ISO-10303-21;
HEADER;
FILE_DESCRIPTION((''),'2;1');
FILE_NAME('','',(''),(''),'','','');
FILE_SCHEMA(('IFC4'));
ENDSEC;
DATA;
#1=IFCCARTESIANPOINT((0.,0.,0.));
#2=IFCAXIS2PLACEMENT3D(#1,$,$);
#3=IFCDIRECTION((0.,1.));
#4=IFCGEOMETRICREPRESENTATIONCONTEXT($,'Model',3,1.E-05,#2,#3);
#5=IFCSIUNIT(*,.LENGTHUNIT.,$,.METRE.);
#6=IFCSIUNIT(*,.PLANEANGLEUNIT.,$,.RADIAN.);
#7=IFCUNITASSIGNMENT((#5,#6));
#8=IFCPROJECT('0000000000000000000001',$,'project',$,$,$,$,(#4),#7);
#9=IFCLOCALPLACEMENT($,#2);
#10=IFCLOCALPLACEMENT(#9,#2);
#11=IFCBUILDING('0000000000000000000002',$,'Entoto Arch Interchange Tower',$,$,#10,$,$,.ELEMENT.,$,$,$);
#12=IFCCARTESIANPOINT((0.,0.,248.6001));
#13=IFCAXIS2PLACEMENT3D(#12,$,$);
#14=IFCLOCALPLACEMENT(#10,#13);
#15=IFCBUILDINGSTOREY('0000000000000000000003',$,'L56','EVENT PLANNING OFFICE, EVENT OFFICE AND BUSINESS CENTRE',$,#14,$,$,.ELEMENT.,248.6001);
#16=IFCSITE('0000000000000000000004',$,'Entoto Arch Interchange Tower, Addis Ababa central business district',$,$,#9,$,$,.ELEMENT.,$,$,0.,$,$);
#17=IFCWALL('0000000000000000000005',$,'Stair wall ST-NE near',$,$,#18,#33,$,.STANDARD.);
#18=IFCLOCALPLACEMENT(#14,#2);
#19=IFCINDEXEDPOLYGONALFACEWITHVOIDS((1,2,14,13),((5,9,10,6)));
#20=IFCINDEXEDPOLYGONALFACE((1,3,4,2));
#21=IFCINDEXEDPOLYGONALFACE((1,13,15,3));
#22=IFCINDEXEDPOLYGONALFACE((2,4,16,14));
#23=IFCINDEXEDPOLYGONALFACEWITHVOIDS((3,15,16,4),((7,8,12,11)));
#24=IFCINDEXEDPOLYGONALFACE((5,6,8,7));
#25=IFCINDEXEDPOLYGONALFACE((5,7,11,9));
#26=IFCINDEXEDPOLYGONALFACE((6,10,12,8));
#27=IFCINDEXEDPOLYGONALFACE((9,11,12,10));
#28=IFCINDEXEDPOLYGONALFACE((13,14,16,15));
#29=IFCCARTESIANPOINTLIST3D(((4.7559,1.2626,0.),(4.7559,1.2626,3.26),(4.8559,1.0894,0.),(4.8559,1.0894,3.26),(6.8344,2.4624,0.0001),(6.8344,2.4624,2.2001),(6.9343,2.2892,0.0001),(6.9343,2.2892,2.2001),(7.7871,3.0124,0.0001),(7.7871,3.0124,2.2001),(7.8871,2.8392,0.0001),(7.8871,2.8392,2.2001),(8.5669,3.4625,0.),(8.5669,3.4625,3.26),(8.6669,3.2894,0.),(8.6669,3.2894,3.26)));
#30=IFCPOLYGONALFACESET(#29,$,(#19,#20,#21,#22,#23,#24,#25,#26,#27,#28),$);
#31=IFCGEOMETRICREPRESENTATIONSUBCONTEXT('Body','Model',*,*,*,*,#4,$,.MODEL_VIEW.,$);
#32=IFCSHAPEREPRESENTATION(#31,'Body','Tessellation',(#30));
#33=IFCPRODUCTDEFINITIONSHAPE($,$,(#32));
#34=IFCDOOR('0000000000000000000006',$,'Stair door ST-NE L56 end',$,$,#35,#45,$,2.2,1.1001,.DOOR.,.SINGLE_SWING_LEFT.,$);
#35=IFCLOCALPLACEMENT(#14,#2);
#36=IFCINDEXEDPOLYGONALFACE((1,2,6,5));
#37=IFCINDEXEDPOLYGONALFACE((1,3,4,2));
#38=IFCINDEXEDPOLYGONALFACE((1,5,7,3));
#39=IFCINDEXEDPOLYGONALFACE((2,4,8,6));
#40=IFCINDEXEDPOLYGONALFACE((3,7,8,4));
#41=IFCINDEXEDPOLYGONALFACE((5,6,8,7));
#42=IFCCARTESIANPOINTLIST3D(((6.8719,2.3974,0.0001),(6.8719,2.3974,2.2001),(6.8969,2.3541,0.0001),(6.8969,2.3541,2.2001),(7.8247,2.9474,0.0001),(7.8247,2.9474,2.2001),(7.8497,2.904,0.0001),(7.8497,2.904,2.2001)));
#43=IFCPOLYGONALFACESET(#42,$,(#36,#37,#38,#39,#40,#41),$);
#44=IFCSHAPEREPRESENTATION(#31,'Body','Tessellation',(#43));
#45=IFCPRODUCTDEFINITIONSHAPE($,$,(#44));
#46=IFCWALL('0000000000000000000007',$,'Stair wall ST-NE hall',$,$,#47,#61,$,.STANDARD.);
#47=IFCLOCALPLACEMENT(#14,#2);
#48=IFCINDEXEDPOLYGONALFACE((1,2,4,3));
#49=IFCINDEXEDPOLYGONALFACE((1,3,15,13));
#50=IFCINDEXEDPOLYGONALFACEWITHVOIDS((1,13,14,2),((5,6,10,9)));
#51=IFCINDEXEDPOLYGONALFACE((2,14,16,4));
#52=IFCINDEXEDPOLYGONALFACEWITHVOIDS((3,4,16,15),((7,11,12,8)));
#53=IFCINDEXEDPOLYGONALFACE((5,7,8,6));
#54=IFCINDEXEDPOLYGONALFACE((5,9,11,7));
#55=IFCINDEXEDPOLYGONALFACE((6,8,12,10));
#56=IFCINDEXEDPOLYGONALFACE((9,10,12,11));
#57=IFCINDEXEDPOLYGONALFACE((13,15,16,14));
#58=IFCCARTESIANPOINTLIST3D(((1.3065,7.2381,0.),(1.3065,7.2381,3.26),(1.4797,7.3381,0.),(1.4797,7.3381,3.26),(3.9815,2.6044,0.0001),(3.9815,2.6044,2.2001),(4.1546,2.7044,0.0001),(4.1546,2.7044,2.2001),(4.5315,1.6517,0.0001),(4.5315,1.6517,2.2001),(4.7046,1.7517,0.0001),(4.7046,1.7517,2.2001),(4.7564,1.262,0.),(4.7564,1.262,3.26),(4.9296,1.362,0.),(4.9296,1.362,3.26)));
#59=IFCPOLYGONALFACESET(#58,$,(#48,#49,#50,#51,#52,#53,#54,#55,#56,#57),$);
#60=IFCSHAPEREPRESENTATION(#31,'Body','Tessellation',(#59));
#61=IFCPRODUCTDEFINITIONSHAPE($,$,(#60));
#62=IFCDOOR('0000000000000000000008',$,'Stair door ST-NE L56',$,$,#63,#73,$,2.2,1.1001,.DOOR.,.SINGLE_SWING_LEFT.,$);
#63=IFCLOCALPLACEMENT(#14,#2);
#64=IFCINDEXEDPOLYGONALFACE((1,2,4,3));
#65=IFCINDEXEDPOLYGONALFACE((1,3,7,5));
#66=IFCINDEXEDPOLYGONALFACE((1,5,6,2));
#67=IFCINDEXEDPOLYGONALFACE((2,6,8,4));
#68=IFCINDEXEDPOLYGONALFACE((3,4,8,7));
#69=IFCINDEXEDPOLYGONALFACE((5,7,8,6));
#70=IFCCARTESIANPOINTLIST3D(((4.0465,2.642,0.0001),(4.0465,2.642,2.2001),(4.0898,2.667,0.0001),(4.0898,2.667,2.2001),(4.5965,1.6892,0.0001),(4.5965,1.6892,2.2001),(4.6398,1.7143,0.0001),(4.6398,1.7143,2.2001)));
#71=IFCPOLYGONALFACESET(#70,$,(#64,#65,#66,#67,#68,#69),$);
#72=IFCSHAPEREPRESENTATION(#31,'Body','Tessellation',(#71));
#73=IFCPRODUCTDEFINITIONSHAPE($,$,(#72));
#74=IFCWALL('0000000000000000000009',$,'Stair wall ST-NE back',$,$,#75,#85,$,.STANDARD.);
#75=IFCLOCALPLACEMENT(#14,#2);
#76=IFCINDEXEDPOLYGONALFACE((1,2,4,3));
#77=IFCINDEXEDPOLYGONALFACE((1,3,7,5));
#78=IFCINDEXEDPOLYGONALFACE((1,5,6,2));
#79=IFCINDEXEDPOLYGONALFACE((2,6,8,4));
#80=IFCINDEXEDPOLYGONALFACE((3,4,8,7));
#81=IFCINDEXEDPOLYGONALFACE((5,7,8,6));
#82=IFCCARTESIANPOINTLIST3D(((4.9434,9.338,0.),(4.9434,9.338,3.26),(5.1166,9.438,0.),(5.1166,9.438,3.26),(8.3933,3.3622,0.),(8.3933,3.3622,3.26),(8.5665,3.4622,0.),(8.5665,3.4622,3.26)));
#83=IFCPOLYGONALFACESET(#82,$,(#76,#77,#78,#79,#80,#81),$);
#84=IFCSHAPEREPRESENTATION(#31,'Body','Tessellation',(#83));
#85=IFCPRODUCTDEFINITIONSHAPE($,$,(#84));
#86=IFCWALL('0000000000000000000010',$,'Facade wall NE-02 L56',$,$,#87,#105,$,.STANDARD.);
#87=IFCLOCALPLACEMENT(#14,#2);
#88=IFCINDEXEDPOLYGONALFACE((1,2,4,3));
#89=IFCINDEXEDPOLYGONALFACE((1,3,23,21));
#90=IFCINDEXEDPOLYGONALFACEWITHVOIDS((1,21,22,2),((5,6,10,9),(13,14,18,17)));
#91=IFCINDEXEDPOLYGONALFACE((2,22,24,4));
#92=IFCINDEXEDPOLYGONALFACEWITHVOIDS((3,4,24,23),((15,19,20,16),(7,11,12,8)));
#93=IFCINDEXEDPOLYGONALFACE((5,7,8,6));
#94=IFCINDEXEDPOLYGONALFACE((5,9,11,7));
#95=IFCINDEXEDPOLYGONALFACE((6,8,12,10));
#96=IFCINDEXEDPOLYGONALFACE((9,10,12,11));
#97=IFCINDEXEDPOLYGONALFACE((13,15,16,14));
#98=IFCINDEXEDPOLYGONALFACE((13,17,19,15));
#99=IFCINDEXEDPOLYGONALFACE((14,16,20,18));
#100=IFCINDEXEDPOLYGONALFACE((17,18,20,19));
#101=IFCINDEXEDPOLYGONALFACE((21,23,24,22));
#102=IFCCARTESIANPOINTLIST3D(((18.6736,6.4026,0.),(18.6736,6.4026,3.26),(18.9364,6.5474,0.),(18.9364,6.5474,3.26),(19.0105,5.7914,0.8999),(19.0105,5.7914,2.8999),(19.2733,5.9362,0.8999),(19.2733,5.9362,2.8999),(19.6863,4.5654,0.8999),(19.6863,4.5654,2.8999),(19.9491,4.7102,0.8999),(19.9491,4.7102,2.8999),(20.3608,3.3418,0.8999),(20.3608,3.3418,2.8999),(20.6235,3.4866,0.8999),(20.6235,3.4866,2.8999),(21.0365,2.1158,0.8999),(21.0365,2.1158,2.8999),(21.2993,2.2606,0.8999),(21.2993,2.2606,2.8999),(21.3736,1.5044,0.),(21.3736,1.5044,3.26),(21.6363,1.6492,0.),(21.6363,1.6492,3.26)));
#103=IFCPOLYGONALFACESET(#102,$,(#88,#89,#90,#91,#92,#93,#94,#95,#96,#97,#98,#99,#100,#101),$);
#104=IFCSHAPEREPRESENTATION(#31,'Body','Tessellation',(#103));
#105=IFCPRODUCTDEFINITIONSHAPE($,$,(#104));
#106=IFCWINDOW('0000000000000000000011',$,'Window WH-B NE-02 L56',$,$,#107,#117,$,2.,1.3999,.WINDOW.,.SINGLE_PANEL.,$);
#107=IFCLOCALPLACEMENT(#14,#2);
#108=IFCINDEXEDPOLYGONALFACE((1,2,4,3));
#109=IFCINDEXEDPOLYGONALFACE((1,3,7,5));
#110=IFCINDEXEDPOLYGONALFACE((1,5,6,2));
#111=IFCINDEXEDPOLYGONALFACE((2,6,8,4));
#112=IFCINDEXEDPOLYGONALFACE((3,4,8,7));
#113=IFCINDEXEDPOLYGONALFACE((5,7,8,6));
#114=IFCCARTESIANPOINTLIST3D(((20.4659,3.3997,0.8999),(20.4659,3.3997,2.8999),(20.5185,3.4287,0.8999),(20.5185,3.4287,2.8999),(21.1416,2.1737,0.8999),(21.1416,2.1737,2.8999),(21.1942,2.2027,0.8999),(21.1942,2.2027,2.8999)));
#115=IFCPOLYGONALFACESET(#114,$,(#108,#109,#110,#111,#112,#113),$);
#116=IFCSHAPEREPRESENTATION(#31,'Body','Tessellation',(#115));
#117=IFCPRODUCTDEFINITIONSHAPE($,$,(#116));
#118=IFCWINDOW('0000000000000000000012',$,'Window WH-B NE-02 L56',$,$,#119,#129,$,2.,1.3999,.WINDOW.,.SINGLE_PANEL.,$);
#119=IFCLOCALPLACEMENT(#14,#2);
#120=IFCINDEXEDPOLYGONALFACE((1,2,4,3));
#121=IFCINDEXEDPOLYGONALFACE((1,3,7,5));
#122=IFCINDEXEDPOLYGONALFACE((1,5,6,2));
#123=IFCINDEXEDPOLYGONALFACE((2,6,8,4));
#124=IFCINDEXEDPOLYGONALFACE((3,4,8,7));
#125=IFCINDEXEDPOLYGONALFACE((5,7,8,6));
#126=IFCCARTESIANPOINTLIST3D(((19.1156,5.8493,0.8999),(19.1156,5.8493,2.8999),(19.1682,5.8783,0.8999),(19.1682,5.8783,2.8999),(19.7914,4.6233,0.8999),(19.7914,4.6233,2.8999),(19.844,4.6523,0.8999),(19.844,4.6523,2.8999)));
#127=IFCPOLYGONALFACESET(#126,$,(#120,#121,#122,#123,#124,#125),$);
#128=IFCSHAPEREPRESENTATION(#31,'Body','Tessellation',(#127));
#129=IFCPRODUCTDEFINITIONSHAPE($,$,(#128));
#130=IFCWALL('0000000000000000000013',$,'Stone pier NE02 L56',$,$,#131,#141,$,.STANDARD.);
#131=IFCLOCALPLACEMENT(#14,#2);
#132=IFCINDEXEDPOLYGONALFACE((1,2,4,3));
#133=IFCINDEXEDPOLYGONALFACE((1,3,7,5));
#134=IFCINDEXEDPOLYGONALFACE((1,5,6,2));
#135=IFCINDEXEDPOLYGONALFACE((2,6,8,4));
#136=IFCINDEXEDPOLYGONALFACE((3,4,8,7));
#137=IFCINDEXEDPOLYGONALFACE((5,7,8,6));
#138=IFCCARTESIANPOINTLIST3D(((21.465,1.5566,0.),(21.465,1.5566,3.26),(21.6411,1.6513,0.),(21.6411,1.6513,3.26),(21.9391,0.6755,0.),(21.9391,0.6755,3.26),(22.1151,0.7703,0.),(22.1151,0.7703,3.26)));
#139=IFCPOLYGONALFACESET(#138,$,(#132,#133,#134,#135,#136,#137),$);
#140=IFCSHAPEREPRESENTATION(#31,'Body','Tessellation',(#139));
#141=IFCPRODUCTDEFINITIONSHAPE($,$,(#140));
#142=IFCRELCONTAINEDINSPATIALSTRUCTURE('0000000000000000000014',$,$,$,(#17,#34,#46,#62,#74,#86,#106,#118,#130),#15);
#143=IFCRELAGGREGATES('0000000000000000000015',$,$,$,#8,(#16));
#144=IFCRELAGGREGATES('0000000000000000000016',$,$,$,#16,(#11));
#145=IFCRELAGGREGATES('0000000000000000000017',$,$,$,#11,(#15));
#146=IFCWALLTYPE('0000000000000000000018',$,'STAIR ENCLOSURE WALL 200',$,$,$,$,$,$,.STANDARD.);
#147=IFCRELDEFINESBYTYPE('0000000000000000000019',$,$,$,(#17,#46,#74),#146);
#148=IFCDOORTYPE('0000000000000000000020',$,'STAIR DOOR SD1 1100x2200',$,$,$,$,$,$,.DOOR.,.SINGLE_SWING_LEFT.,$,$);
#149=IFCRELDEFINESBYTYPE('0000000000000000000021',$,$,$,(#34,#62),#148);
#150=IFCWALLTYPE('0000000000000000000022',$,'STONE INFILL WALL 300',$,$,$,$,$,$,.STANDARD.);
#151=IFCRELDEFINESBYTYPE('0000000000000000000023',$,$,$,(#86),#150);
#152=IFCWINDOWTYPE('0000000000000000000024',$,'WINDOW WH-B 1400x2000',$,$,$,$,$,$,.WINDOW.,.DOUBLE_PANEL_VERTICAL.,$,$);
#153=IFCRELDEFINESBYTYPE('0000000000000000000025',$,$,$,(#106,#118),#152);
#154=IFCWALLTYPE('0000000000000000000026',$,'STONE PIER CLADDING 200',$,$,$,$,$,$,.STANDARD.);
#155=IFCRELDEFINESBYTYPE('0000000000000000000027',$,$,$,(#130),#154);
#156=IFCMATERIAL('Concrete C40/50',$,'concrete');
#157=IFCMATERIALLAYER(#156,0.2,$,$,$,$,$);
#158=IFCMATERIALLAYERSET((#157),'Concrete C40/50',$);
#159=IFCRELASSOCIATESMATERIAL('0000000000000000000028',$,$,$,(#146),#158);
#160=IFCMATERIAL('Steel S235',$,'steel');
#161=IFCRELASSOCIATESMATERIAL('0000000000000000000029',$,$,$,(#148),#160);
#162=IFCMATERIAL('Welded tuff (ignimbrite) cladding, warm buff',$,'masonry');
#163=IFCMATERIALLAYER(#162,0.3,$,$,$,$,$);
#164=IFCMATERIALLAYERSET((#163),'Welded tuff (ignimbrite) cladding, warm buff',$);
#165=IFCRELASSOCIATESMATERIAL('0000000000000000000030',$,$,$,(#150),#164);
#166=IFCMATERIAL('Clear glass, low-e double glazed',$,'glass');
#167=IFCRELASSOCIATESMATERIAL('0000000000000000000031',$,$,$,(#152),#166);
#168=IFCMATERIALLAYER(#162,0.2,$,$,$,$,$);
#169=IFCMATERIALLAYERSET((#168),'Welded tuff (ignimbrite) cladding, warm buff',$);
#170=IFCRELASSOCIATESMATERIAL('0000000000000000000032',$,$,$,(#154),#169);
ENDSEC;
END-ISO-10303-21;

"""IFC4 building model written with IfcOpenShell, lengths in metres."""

from ifc_helpers import new_model, si_unit, direction, frame, frame_2d, origin, place, context, subcontext, project, spatial, rectangle, extrude, material, layer, layer_set, type_object, element, fill, save


model = new_model("IFC4")

# Units and contexts
model_context = context("Model", 3, precision=1e-05, world=origin(), true_north=direction((0.0, 1.0)))
body_context = subcontext(model_context, "Body", "Model", "MODEL_VIEW")
ifc_project = project(units=[si_unit("LENGTHUNIT", "METRE"), si_unit("PLANEANGLEUNIT", "RADIAN")], contexts=[model_context])

# Site, building, storey
site_placement = place(None, origin())
site = spatial("IfcSite", under=ifc_project, at=site_placement, Name="Entoto Arch Interchange Tower, Addis Ababa central business district", CompositionType="ELEMENT", RefElevation=0.0)
building_placement = place(site_placement, origin())
building = spatial("IfcBuilding", under=site, at=building_placement, Name="Entoto Arch Interchange Tower", CompositionType="ELEMENT")
storey_placement = place(building_placement, frame((0.0, 0.0, 248.6001)))
storey = spatial("IfcBuildingStorey", under=building, at=storey_placement, Name="L56", Description="EVENT PLANNING OFFICE, EVENT OFFICE AND BUSINESS CENTRE", CompositionType="ELEMENT", Elevation=248.6001)

# Shared definitions
ifc_material_1 = material(Name="Concrete C40/50", Category="concrete")

# Walls, openings, doors
ifc_layer_1 = layer(ifc_material_1, 0.2)
ifc_layer_set_1 = layer_set([ifc_layer_1], Name="Concrete C40/50")
wall_type_1 = type_object("IfcWallType", Name="STAIR ENCLOSURE WALL 200", PredefinedType="STANDARD", material=ifc_layer_set_1)
wall_1_placement = place(storey_placement, frame((4.8059, 1.176, 0.0), z_axis=(0.0, 0.0, 1.0), x_axis=(0.86606, 0.49994, 0.0)))
wall_1 = element("IfcWall", 1, at=wall_1_placement, inside=storey, type_object=wall_type_1, Name="Stair wall ST-NE near", PredefinedType="STANDARD", context=body_context, shape_type="SweptSolid", body=[
    extrude(rectangle(XDim=4.4004, YDim=0.2, at=frame_2d((2.2002, 0.0))), origin(), (0.0, 0.0, 1.0), 3.26),
])
opening_1_placement = place(wall_1_placement, frame((2.3999, 0.0, 0.0)))
opening_1 = element("IfcOpeningElement", 2, at=opening_1_placement, cuts=wall_1, PredefinedType="OPENING", context=body_context, shape_type="SweptSolid", body=[
    extrude(rectangle(XDim=1.1001, YDim=2.2, at=frame_2d((0.55, 1.1001))), frame((0.0, 0.1099, 0.0), z_axis=(0.0, -1.0, 0.0), x_axis=(1.0, 0.0, 0.0)), (0.0, 0.0, 1.0), 0.22),
])
ifc_material_2 = material(Name="Steel S235", Category="steel")
door_type_1 = type_object("IfcDoorType", Name="STAIR DOOR SD1 1100x2200", OperationType="SINGLE_SWING_LEFT", PredefinedType="DOOR", material=ifc_material_2)
door_1_placement = place(opening_1_placement, origin())
door_1 = element("IfcDoor", 3, at=door_1_placement, inside=storey, type_object=door_type_1, Name="Stair door ST-NE L56 end", OperationType="SINGLE_SWING_LEFT", OverallHeight=2.2, OverallWidth=1.1001, PredefinedType="DOOR", context=body_context, shape_type="SweptSolid", body=[
    extrude(rectangle(XDim=1.1001, YDim=2.2, at=frame_2d((0.55, 1.1001))), frame((0.0, 0.0249, 0.0), z_axis=(0.0, -1.0, 0.0), x_axis=(1.0, 0.0, 0.0)), (0.0, 0.0, 1.0), 0.05),
])
fill(opening_1, door_1)
wall_2_placement = place(storey_placement, frame((4.843, 1.312, 0.0), z_axis=(0.0, 0.0, 1.0), x_axis=(-0.499963, 0.866047, 0.0)))
wall_2 = element("IfcWall", 4, at=wall_2_placement, inside=storey, type_object=wall_type_1, Name="Stair wall ST-NE hall", PredefinedType="STANDARD", context=body_context, shape_type="SweptSolid", body=[
    extrude(rectangle(XDim=6.9004, YDim=0.2, at=frame_2d((3.4502, 0.0))), origin(), (0.0, 0.0, 1.0), 3.26),
])
opening_2_placement = place(wall_2_placement, frame((0.45, 0.0, 0.0)))
opening_2 = element("IfcOpeningElement", 5, at=opening_2_placement, cuts=wall_2, PredefinedType="OPENING", context=body_context, shape_type="SweptSolid", body=[
    extrude(rectangle(XDim=1.1001, YDim=2.2, at=frame_2d((0.55, 1.1001))), frame((0.0, 0.1099, 0.0), z_axis=(0.0, -1.0, 0.0), x_axis=(1.0, 0.0, 0.0)), (0.0, 0.0, 1.0), 0.22),
])
door_2_placement = place(opening_2_placement, origin())
door_2 = element("IfcDoor", 6, at=door_2_placement, inside=storey, type_object=door_type_1, Name="Stair door ST-NE L56", OperationType="SINGLE_SWING_LEFT", OverallHeight=2.2, OverallWidth=1.1001, PredefinedType="DOOR", context=body_context, shape_type="SweptSolid", body=[
    extrude(rectangle(XDim=1.1001, YDim=2.2, at=frame_2d((0.55, 1.1001))), frame((0.0, 0.0249, 0.0), z_axis=(0.0, -1.0, 0.0), x_axis=(1.0, 0.0, 0.0)), (0.0, 0.0, 1.0), 0.05),
])
fill(opening_2, door_2)

# Wall
wall_3_placement = place(storey_placement, frame((8.48, 3.4121, 0.0), z_axis=(0.0, 0.0, 1.0), x_axis=(-0.499979, 0.866038, 0.0)))
element("IfcWall", 7, at=wall_3_placement, inside=storey, type_object=wall_type_1, Name="Stair wall ST-NE back", PredefinedType="STANDARD", context=body_context, shape_type="SweptSolid", body=[
    extrude(rectangle(XDim=6.9001, YDim=0.2, at=frame_2d((3.4502, 0.0))), origin(), (0.0, 0.0, 1.0), 3.26),
])

# Wall, openings, windows
ifc_material_3 = material(Name="Welded tuff (ignimbrite) cladding, warm buff", Category="masonry")
ifc_layer_2 = layer(ifc_material_3, 0.3)
ifc_layer_set_2 = layer_set([ifc_layer_2], Name="Welded tuff (ignimbrite) cladding, warm buff")
wall_type_2 = type_object("IfcWallType", Name="STONE INFILL WALL 300", PredefinedType="STANDARD", material=ifc_layer_set_2)
wall_4_placement = place(storey_placement, frame((21.5049, 1.5769, 0.0), z_axis=(0.0, 0.0, 1.0), x_axis=(-0.482735, 0.875767, 0.0)))
wall_4 = element("IfcWall", 8, at=wall_4_placement, inside=storey, type_object=wall_type_2, Name="Facade wall NE-02 L56", PredefinedType="STANDARD", context=body_context, shape_type="SweptSolid", body=[
    extrude(rectangle(XDim=5.593, YDim=0.3, at=frame_2d((2.7964, 0.0))), origin(), (0.0, 0.0, 1.0), 3.26),
])
opening_3_placement = place(wall_4_placement, frame((0.698, 0.0, 0.8999)))
opening_3 = element("IfcOpeningElement", 9, at=opening_3_placement, cuts=wall_4, PredefinedType="OPENING", context=body_context, shape_type="SweptSolid", body=[
    extrude(rectangle(XDim=1.3999, YDim=2.0, at=frame_2d((0.7, 1.0))), frame((0.0, 0.1602, 0.0), z_axis=(0.0, -1.0, 0.0), x_axis=(1.0, 0.0, 0.0)), (0.0, 0.0, 1.0), 0.3201),
])
opening_4_placement = place(wall_4_placement, frame((3.4951, 0.0, 0.8999)))
opening_4 = element("IfcOpeningElement", 10, at=opening_4_placement, cuts=wall_4, PredefinedType="OPENING", context=body_context, shape_type="SweptSolid", body=[
    extrude(rectangle(XDim=1.3999, YDim=2.0, at=frame_2d((0.7, 1.0))), frame((0.0, 0.1602, 0.0), z_axis=(0.0, -1.0, 0.0), x_axis=(1.0, 0.0, 0.0)), (0.0, 0.0, 1.0), 0.3201),
])
ifc_material_4 = material(Name="Clear glass, low-e double glazed", Category="glass")
window_type = type_object("IfcWindowType", Name="WINDOW WH-B 1400x2000", PartitioningType="DOUBLE_PANEL_VERTICAL", PredefinedType="WINDOW", material=ifc_material_4)
window_1_placement = place(opening_3_placement, origin())
window_1 = element("IfcWindow", 11, at=window_1_placement, inside=storey, type_object=window_type, Name="Window WH-B NE-02 L56", OverallHeight=2.0, OverallWidth=1.3999, PartitioningType="SINGLE_PANEL", PredefinedType="WINDOW", context=body_context, shape_type="SweptSolid", body=[
    extrude(rectangle(XDim=1.3999, YDim=2.0, at=frame_2d((0.7, 1.0))), frame((0.0, 0.03, 0.0), z_axis=(0.0, -1.0, 0.0), x_axis=(1.0, 0.0, 0.0)), (0.0, 0.0, 1.0), 0.0601),
])
fill(opening_3, window_1)
window_2_placement = place(opening_4_placement, origin())
window_2 = element("IfcWindow", 12, at=window_2_placement, inside=storey, type_object=window_type, Name="Window WH-B NE-02 L56", OverallHeight=2.0, OverallWidth=1.3999, PartitioningType="SINGLE_PANEL", PredefinedType="WINDOW", context=body_context, shape_type="SweptSolid", body=[
    extrude(rectangle(XDim=1.3999, YDim=2.0, at=frame_2d((0.7, 1.0))), frame((0.0, 0.03, 0.0), z_axis=(0.0, -1.0, 0.0), x_axis=(1.0, 0.0, 0.0)), (0.0, 0.0, 1.0), 0.0601),
])
fill(opening_4, window_2)

# Wall
ifc_layer_3 = layer(ifc_material_3, 0.2)
ifc_layer_set_3 = layer_set([ifc_layer_3], Name="Welded tuff (ignimbrite) cladding, warm buff")
wall_type_3 = type_object("IfcWallType", Name="STONE PIER CLADDING 200", PredefinedType="STANDARD", material=ifc_layer_set_3)
wall_5_placement = place(storey_placement, frame((22.0271, 0.7229, 0.0), z_axis=(0.0, 0.0, 1.0), x_axis=(-0.473852, 0.880604, 0.0)))
element("IfcWall", 13, at=wall_5_placement, inside=storey, type_object=wall_type_3, Name="Stone pier NE02 L56", PredefinedType="STANDARD", context=body_context, shape_type="SweptSolid", body=[
    extrude(rectangle(XDim=1.0005, YDim=0.2, at=frame_2d((0.5002, 0.0))), origin(), (0.0, 0.0, 1.0), 3.26),
])

save(model, "model.ifc")
